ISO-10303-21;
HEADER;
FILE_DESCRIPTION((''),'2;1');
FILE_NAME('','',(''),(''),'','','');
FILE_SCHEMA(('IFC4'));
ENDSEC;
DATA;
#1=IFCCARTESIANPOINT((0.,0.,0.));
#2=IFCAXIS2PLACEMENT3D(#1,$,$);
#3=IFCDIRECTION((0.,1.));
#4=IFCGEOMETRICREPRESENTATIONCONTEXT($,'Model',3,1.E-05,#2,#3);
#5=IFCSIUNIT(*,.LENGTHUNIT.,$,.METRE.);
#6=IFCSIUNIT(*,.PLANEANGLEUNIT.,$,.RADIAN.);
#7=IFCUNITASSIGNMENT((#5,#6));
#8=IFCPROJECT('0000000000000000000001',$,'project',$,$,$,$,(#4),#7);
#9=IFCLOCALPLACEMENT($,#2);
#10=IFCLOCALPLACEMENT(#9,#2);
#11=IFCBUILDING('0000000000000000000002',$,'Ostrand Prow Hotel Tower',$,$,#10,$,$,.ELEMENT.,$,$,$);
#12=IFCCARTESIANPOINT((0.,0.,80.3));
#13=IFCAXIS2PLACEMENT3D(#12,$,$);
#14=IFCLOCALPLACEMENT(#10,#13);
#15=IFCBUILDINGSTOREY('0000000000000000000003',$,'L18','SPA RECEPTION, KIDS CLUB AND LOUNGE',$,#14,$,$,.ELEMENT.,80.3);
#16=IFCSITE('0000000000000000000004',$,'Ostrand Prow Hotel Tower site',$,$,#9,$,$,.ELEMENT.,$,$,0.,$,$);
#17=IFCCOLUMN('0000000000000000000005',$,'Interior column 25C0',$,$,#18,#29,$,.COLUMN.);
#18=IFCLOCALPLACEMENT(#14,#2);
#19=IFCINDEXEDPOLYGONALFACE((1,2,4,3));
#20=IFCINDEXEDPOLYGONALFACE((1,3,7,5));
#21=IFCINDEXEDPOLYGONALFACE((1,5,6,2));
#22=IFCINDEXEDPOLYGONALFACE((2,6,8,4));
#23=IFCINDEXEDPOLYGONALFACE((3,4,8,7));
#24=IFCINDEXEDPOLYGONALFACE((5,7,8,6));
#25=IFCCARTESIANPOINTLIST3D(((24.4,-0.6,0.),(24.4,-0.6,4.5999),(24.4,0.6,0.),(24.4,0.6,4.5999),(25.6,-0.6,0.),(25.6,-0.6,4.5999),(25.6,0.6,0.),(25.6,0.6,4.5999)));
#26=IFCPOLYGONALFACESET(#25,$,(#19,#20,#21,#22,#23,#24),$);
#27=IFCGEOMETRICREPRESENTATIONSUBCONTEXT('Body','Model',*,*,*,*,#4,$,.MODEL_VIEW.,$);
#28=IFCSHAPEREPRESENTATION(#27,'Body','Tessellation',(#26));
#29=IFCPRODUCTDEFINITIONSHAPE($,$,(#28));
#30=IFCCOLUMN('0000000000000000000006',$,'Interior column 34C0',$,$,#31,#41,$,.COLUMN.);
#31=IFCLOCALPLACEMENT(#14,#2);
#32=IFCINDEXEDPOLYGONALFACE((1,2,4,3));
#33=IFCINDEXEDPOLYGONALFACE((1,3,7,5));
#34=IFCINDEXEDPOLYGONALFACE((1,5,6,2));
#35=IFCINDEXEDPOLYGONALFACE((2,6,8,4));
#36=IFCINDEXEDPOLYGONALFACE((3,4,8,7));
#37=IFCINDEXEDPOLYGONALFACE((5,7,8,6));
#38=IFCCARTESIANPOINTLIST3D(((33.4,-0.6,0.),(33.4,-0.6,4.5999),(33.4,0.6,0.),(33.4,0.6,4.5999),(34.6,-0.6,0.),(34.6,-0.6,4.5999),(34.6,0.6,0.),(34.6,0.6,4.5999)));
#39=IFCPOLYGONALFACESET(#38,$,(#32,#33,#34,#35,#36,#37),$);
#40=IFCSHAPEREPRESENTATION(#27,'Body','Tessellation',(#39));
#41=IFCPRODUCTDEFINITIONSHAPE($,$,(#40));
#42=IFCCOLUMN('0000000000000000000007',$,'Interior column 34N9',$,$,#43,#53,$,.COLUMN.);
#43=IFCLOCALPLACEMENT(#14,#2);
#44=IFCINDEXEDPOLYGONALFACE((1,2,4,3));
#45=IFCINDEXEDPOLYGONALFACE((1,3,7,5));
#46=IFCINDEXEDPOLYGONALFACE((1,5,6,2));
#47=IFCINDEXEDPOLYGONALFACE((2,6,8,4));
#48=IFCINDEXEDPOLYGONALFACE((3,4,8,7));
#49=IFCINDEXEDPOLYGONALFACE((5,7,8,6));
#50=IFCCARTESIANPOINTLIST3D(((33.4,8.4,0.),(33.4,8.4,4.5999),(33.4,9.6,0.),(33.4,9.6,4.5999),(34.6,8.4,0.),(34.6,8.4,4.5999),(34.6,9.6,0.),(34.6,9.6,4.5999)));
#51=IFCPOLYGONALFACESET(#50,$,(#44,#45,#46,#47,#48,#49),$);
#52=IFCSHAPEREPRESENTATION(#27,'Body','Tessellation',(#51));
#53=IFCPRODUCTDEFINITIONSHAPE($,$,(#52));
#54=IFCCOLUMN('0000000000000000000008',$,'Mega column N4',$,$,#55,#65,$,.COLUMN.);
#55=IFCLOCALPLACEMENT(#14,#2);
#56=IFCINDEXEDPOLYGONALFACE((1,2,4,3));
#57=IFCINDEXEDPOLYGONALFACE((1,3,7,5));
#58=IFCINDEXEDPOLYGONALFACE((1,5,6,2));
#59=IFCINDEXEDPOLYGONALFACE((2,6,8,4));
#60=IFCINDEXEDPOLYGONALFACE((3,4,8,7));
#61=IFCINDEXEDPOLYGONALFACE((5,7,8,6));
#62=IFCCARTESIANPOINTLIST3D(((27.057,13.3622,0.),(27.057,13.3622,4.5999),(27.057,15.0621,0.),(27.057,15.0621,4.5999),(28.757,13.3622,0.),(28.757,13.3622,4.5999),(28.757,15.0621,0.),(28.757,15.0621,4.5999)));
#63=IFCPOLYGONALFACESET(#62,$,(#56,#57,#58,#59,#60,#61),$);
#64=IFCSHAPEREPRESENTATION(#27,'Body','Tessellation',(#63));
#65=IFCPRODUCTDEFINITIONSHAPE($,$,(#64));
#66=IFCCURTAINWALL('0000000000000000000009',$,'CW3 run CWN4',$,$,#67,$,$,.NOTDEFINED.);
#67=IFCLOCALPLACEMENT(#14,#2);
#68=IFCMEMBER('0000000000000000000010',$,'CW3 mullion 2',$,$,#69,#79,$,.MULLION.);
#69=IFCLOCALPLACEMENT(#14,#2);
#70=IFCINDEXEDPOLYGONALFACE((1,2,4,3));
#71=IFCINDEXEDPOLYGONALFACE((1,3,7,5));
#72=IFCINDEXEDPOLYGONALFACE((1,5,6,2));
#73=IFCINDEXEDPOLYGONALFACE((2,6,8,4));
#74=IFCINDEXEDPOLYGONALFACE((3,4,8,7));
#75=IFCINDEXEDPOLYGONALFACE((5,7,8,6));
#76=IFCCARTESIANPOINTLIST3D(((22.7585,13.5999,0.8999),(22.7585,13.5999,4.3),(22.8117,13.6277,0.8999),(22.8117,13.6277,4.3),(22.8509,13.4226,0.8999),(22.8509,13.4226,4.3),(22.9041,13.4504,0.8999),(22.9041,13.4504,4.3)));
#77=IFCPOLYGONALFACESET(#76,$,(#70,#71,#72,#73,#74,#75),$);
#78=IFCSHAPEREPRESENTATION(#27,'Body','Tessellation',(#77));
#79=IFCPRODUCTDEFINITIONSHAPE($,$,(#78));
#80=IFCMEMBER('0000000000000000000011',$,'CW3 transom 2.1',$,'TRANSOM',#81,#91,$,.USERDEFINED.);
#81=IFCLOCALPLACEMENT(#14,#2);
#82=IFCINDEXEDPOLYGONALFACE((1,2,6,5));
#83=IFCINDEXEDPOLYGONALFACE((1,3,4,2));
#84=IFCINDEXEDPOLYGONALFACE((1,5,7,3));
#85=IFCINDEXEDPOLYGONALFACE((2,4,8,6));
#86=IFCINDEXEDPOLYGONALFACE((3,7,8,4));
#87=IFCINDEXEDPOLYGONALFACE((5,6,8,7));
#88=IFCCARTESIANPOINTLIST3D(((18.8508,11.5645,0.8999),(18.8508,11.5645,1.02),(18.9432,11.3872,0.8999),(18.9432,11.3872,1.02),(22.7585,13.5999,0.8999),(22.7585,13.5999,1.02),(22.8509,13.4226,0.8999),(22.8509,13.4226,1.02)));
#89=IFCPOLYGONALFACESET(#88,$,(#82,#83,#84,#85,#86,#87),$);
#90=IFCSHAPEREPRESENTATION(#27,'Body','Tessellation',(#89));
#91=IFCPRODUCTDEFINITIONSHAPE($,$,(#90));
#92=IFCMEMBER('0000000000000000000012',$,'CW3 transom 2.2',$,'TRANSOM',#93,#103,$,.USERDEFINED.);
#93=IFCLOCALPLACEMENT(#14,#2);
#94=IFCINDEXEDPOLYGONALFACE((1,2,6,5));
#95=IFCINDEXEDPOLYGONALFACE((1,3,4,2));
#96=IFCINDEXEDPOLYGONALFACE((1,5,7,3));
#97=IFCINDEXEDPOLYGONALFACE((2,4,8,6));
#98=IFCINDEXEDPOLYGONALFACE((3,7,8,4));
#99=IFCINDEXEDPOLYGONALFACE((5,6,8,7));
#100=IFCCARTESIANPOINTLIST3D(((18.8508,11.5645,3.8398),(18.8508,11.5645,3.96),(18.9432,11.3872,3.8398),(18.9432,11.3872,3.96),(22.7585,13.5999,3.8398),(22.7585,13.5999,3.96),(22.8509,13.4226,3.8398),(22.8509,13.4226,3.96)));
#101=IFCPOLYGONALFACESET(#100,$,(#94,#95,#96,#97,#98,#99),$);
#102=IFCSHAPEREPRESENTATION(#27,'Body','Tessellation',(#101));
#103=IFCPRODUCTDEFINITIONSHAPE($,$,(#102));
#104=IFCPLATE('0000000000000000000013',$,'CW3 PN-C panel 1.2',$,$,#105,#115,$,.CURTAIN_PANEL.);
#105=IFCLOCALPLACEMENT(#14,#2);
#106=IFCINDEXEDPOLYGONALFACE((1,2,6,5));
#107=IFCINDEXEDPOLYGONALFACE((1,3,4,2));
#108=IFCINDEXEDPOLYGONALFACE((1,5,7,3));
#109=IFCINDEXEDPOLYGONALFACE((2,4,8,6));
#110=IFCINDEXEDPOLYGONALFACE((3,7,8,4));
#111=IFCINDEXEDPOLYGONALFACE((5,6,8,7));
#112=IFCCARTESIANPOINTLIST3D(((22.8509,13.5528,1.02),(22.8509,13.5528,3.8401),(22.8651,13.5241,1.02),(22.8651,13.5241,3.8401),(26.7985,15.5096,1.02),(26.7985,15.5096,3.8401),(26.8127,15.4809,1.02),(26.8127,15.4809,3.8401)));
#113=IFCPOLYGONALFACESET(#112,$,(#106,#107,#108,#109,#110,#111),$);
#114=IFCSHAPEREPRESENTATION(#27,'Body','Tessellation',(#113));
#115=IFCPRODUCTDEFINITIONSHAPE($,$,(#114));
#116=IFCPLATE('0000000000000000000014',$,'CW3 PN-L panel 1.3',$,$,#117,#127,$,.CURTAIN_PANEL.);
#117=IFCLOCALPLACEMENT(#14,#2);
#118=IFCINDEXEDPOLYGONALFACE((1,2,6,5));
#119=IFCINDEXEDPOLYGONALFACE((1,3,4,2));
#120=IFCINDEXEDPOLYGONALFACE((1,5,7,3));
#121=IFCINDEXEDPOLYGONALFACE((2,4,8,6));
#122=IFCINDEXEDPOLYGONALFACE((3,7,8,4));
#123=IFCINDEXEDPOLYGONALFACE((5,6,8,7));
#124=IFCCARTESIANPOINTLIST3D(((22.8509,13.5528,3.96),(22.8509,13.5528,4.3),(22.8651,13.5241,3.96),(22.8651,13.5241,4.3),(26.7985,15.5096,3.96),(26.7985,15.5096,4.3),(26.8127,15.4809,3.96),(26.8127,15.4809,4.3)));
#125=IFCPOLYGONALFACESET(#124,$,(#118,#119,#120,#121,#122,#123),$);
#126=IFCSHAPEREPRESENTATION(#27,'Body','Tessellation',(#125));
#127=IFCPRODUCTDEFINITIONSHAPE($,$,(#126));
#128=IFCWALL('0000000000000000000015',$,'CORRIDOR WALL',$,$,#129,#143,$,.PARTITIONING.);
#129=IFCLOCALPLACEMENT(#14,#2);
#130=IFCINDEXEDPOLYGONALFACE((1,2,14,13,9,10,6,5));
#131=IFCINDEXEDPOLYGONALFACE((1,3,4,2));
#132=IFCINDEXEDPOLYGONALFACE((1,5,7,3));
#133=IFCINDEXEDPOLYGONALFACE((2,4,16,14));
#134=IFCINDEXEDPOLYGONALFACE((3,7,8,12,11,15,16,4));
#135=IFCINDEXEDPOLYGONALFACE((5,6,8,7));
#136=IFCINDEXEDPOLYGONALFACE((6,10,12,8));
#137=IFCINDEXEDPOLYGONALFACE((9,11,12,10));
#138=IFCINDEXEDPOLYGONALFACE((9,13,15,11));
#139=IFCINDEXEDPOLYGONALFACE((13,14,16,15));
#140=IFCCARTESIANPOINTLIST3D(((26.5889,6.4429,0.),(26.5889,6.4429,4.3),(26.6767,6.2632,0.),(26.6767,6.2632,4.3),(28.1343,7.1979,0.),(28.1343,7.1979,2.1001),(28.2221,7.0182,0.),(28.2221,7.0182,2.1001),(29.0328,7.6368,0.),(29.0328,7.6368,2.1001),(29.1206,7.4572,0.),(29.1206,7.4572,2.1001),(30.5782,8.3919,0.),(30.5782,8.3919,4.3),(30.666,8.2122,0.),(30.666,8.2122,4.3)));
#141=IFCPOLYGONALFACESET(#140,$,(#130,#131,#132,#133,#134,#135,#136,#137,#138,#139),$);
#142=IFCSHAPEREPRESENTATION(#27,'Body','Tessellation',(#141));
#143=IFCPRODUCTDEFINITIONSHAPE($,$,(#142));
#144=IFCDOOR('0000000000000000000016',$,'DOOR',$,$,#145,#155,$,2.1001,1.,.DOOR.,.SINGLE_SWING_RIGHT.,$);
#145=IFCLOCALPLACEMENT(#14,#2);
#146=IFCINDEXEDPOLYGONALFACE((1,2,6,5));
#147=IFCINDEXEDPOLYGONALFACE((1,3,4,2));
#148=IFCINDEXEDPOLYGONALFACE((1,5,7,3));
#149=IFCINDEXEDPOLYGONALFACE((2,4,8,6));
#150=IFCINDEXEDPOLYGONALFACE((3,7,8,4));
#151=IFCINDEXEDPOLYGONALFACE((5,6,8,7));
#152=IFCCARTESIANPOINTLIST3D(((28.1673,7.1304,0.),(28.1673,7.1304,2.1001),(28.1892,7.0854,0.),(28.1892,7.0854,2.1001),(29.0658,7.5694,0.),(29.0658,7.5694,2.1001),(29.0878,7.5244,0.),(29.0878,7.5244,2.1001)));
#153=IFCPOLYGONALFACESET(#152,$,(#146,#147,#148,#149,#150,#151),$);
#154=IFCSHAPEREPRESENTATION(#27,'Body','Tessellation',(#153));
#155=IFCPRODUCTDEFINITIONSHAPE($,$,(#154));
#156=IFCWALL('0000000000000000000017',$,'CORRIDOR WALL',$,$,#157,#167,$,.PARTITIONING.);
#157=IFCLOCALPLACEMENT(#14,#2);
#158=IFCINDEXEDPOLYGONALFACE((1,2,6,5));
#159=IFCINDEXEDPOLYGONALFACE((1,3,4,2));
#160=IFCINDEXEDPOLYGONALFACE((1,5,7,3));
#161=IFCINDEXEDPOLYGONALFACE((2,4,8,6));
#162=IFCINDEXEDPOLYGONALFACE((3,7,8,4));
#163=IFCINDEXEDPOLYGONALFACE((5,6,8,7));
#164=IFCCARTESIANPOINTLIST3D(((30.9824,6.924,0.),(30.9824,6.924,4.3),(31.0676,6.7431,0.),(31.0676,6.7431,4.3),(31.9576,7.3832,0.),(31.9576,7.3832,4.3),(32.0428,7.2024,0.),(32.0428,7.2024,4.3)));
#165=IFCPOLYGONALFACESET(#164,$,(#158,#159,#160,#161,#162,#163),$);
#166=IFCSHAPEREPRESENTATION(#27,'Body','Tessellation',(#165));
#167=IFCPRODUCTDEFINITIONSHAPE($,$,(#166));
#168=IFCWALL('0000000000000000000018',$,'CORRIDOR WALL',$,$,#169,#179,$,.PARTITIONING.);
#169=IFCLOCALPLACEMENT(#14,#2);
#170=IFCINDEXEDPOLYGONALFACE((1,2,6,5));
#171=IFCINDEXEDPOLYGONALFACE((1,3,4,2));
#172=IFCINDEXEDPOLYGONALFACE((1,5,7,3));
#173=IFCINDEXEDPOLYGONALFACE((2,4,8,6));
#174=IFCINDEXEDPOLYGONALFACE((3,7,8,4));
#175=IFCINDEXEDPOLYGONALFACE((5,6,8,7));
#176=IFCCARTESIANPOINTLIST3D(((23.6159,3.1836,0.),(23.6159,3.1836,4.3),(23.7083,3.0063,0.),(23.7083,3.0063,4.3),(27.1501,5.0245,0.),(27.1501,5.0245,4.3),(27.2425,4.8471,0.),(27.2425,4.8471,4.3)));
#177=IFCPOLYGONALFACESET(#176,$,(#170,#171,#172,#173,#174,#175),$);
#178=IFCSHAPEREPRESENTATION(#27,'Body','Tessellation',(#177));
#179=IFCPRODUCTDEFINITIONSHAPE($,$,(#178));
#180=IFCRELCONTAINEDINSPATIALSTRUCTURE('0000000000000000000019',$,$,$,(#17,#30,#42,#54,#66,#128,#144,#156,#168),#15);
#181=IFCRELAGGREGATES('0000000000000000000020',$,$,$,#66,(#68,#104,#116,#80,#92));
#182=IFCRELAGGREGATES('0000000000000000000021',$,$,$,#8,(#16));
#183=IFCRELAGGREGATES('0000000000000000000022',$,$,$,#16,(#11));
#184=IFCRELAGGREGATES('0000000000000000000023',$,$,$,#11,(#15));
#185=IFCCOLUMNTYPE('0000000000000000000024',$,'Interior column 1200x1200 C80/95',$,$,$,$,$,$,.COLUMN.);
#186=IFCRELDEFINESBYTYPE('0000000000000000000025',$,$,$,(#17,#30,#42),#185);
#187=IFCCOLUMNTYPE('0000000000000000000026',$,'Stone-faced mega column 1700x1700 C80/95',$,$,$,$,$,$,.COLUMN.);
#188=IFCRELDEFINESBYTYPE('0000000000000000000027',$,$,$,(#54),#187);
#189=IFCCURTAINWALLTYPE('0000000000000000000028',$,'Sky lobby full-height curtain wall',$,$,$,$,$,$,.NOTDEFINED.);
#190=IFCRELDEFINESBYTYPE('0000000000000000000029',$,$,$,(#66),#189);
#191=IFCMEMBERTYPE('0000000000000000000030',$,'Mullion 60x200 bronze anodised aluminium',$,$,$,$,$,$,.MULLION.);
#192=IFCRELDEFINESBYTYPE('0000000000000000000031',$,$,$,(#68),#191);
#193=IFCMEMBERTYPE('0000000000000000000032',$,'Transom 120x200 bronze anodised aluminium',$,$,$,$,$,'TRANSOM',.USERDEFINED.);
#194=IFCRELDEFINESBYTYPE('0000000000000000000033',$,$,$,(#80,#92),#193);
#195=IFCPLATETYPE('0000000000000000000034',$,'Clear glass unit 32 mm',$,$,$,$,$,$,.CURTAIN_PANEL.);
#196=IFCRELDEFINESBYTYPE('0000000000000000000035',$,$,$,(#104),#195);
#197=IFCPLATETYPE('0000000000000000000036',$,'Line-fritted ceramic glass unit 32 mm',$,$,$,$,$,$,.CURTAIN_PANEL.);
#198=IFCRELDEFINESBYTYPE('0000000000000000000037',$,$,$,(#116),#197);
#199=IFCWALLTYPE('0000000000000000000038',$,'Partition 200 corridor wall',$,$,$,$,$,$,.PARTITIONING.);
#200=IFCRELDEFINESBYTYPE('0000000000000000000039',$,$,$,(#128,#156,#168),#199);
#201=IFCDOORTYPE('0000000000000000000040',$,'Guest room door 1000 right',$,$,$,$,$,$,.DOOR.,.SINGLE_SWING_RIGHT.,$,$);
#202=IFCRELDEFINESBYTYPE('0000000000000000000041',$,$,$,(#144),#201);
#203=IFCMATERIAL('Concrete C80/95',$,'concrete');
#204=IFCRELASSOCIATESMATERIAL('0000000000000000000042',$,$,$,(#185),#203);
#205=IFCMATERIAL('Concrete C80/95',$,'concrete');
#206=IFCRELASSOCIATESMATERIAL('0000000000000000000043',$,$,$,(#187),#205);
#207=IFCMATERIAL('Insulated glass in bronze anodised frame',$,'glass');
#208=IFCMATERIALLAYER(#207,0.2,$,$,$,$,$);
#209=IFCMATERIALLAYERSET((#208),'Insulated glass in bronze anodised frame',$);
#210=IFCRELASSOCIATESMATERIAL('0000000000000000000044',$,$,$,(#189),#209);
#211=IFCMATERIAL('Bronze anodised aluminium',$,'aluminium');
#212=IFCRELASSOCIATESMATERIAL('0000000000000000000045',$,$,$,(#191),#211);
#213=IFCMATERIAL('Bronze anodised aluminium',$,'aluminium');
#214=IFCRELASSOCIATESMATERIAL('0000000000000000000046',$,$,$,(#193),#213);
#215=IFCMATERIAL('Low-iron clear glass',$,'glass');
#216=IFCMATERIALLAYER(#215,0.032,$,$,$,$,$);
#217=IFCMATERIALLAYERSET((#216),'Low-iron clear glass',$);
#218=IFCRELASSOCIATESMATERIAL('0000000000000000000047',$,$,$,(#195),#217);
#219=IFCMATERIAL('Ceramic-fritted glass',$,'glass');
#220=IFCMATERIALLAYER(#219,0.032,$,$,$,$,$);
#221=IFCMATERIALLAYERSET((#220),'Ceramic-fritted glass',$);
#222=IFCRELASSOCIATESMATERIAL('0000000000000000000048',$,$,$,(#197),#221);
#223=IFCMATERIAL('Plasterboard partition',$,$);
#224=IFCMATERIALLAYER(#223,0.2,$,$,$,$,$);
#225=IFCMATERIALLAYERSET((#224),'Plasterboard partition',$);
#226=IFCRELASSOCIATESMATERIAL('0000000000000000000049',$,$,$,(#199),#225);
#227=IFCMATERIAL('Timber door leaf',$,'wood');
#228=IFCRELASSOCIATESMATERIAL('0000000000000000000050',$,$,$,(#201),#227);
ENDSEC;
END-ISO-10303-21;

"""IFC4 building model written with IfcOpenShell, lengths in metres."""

from ifc_helpers import new_model, si_unit, direction, frame, frame_2d, origin, origin_2d, place, context, subcontext, project, spatial, rectangle, extrude, material, layer, layer_set, material_profile, profile_set, type_object, element, fill, aggregate, save


model = new_model("IFC4")

# Units and contexts
model_context = context("Model", 3, precision=1e-05, world=origin(), true_north=direction((0.0, 1.0)))
body_context = subcontext(model_context, "Body", "Model", "MODEL_VIEW")
ifc_project = project(units=[si_unit("LENGTHUNIT", "METRE"), si_unit("PLANEANGLEUNIT", "RADIAN")], contexts=[model_context])

# Site, building, storey
site_placement = place(None, origin())
site = spatial("IfcSite", under=ifc_project, at=site_placement, Name="Ostrand Prow Hotel Tower site", CompositionType="ELEMENT", RefElevation=0.0)
building_placement = place(site_placement, origin())
building = spatial("IfcBuilding", under=site, at=building_placement, Name="Ostrand Prow Hotel Tower", CompositionType="ELEMENT")
storey_placement = place(building_placement, frame((0.0, 0.0, 80.3)))
storey = spatial("IfcBuildingStorey", under=building, at=storey_placement, Name="L18", Description="SPA RECEPTION, KIDS CLUB AND LOUNGE", CompositionType="ELEMENT", Elevation=80.3)

# Columns
ifc_material_1 = material(Name="Concrete C80/95", Category="concrete")
ifc_material_profile_1 = material_profile(ifc_material_1, rectangle(XDim=1.2, YDim=1.2, at=origin_2d()), Name="RC 1200x1200")
ifc_profile_set_1 = profile_set([ifc_material_profile_1], Name="Concrete C80/95")
column_type_1 = type_object("IfcColumnType", Name="Interior column 1200x1200 C80/95", PredefinedType="COLUMN", material=ifc_profile_set_1)
for number, where, z_axis, x_axis, name in (
    (1, (25.0, 0.0, 0.0), (0.0, 0.0, 1.0), (1.0, 0.0, 0.0), "Interior column 25C0"),
    (2, (34.0, 0.0, 0.0), (0.0, 0.0, 1.0), (1.0, 0.0, 0.0), "Interior column 34C0"),
    (3, (34.0, 9.0, 0.0), (0.0, 0.0, 1.0), (1.0, 0.0, 0.0), "Interior column 34N9"),
):
    element("IfcColumn", number, at=place(storey_placement, frame(where, z_axis=z_axis, x_axis=x_axis)), inside=storey, type_object=column_type_1, Name=name, PredefinedType="COLUMN", context=body_context, shape_type="SweptSolid", body=[
        extrude(rectangle(XDim=1.2, YDim=1.2, at=origin_2d()), origin(), (0.0, 0.0, 1.0), 4.5999),
    ])
ifc_material_2 = material(Name="Concrete C80/95", Category="concrete")
ifc_material_profile_2 = material_profile(ifc_material_2, rectangle(XDim=1.7, YDim=1.7, at=origin_2d()), Name="RC 1700x1700")
ifc_profile_set_2 = profile_set([ifc_material_profile_2], Name="Concrete C80/95")
column_type_2 = type_object("IfcColumnType", Name="Stone-faced mega column 1700x1700 C80/95", PredefinedType="COLUMN", material=ifc_profile_set_2)
column_placement = place(storey_placement, frame((27.907, 14.2122, 0.0), z_axis=(0.0, 0.0, 1.0), x_axis=(1.0, 0.0, 0.0)))
element("IfcColumn", 4, at=column_placement, inside=storey, type_object=column_type_2, Name="Mega column N4", PredefinedType="COLUMN", context=body_context, shape_type="SweptSolid", body=[
    extrude(rectangle(XDim=1.7, YDim=1.7, at=origin_2d()), origin(), (0.0, 0.0, 1.0), 4.5999),
])

# Curtain wall, members, plates
ifc_material_3 = material(Name="Insulated glass in bronze anodised frame", Category="glass")
ifc_layer_1 = layer(ifc_material_3, 0.2)
ifc_layer_set_1 = layer_set([ifc_layer_1], Name="Insulated glass in bronze anodised frame")
curtain_wall_type = type_object("IfcCurtainWallType", Name="Sky lobby full-height curtain wall", PredefinedType="NOTDEFINED", material=ifc_layer_set_1)
curtain_wall_placement = place(storey_placement, origin())
curtain_wall = element("IfcCurtainWall", 5, at=curtain_wall_placement, inside=storey, type_object=curtain_wall_type, Name="CW3 run CWN4", PredefinedType="NOTDEFINED")
ifc_material_4 = material(Name="Bronze anodised aluminium", Category="aluminium")
ifc_material_profile_3 = material_profile(ifc_material_4, rectangle(XDim=0.2, YDim=0.0601, at=origin_2d()), Name="Mullion 60x200 bronze anodised aluminium")
ifc_profile_set_3 = profile_set([ifc_material_profile_3], Name="Bronze anodised aluminium")
member_type_1 = type_object("IfcMemberType", Name="Mullion 60x200 bronze anodised aluminium", PredefinedType="MULLION", material=ifc_profile_set_3)
member_1_placement = place(storey_placement, frame((22.8313, 13.5251, 0.8999), z_axis=(0.0, 0.0, 1.0), x_axis=(0.461968, -0.886896, 0.0)))
member_1 = element("IfcMember", 6, at=member_1_placement, type_object=member_type_1, Name="CW3 mullion 2", PredefinedType="MULLION", context=body_context, shape_type="SweptSolid", body=[
    extrude(rectangle(XDim=0.2, YDim=0.0601, at=origin_2d()), origin(), (0.0, 0.0, 1.0), 3.4001),
])
ifc_material_5 = material(Name="Bronze anodised aluminium", Category="aluminium")
ifc_material_profile_4 = material_profile(ifc_material_5, rectangle(XDim=0.2, YDim=0.1201, at=origin_2d()), Name="Transom 120x200 bronze anodised aluminium")
ifc_profile_set_4 = profile_set([ifc_material_profile_4], Name="Bronze anodised aluminium")
member_type_2 = type_object("IfcMemberType", Name="Transom 120x200 bronze anodised aluminium", ElementType="TRANSOM", PredefinedType="USERDEFINED", material=ifc_profile_set_4)
member_2_placement = place(storey_placement, frame((22.8047, 13.5112, 0.96), z_axis=(-0.886902, -0.461958, 0.0), x_axis=(0.461958, -0.886902, 0.0)))
member_2 = element("IfcMember", 7, at=member_2_placement, type_object=member_type_2, Name="CW3 transom 2.1", ObjectType="TRANSOM", PredefinedType="USERDEFINED", context=body_context, shape_type="SweptSolid", body=[
    extrude(rectangle(XDim=0.2, YDim=0.1201, at=origin_2d()), origin(), (0.0, 0.0, 1.0), 4.406),
])
member_3_placement = place(storey_placement, frame((22.8047, 13.5112, 3.8999), z_axis=(-0.886902, -0.461958, 0.0), x_axis=(0.461958, -0.886902, 0.0)))
member_3 = element("IfcMember", 8, at=member_3_placement, type_object=member_type_2, Name="CW3 transom 2.2", ObjectType="TRANSOM", PredefinedType="USERDEFINED", context=body_context, shape_type="SweptSolid", body=[
    extrude(rectangle(XDim=0.2, YDim=0.1201, at=origin_2d()), origin(), (0.0, 0.0, 1.0), 4.406),
])
ifc_material_6 = material(Name="Low-iron clear glass", Category="glass")
ifc_layer_2 = layer(ifc_material_6, 0.032)
ifc_layer_set_2 = layer_set([ifc_layer_2], Name="Low-iron clear glass")
plate_type_1 = type_object("IfcPlateType", Name="Clear glass unit 32 mm", PredefinedType="CURTAIN_PANEL", material=ifc_layer_set_2)
plate_1_placement = place(storey_placement, frame((24.8318, 14.5168, 1.02), z_axis=(0.0, 0.0, 1.0), x_axis=(-0.895971, -0.444113, 0.0)))
plate_1 = element("IfcPlate", 9, at=plate_1_placement, type_object=plate_type_1, Name="CW3 PN-C panel 1.2", PredefinedType="CURTAIN_PANEL", context=body_context, shape_type="SweptSolid", body=[
    extrude(rectangle(XDim=4.406, YDim=0.032, at=origin_2d()), origin(), (0.0, 0.0, 1.0), 2.8201),
])
ifc_material_7 = material(Name="Ceramic-fritted glass", Category="glass")
ifc_layer_3 = layer(ifc_material_7, 0.032)
ifc_layer_set_3 = layer_set([ifc_layer_3], Name="Ceramic-fritted glass")
plate_type_2 = type_object("IfcPlateType", Name="Line-fritted ceramic glass unit 32 mm", PredefinedType="CURTAIN_PANEL", material=ifc_layer_set_3)
plate_2_placement = place(storey_placement, frame((24.8318, 14.5168, 3.96), z_axis=(0.0, 0.0, 1.0), x_axis=(-0.895971, -0.444113, 0.0)))
plate_2 = element("IfcPlate", 10, at=plate_2_placement, type_object=plate_type_2, Name="CW3 PN-L panel 1.3", PredefinedType="CURTAIN_PANEL", context=body_context, shape_type="SweptSolid", body=[
    extrude(rectangle(XDim=4.406, YDim=0.032, at=origin_2d()), origin(), (0.0, 0.0, 1.0), 0.3401),
])
aggregate(curtain_wall, [member_1, plate_1, plate_2, member_2, member_3])

# Wall, opening, door
ifc_material_8 = material(Name="Plasterboard partition")
ifc_layer_4 = layer(ifc_material_8, 0.2)
ifc_layer_set_4 = layer_set([ifc_layer_4], Name="Plasterboard partition")
wall_type_1 = type_object("IfcWallType", Name="Partition 200 corridor wall", PredefinedType="PARTITIONING", material=ifc_layer_set_4)
wall_1_placement = place(storey_placement, frame((26.6328, 6.353, 0.0), z_axis=(0.0, 0.0, 1.0), x_axis=(0.898502, 0.438968, 0.0)))
wall_1 = element("IfcWall", 11, at=wall_1_placement, inside=storey, type_object=wall_type_1, Name="CORRIDOR WALL", PredefinedType="PARTITIONING", context=body_context, shape_type="SweptSolid", body=[
    extrude(rectangle(XDim=4.4399, YDim=0.2, at=frame_2d((2.22, 0.0))), origin(), (0.0, 0.0, 1.0), 4.3),
])
opening_1_placement = place(wall_1_placement, frame((1.72, 0.0, 0.0)))
opening_1 = element("IfcOpeningElement", 12, at=opening_1_placement, cuts=wall_1, PredefinedType="OPENING", context=body_context, shape_type="SweptSolid", body=[
    extrude(rectangle(XDim=1.0, YDim=2.1001, at=frame_2d((0.5, 1.05))), frame((0.0, 0.1099, 0.0), z_axis=(0.0, -1.0, 0.0), x_axis=(1.0, 0.0, 0.0)), (0.0, 0.0, 1.0), 0.22),
])
ifc_material_9 = material(Name="Timber door leaf", Category="wood")
door_type_1 = type_object("IfcDoorType", Name="Guest room door 1000 right", OperationType="SINGLE_SWING_RIGHT", PredefinedType="DOOR", material=ifc_material_9)
door_1_placement = place(opening_1_placement, origin())
door_1 = element("IfcDoor", 13, at=door_1_placement, inside=storey, type_object=door_type_1, Name="DOOR", OperationType="SINGLE_SWING_RIGHT", OverallHeight=2.1001, OverallWidth=1.0, PredefinedType="DOOR", context=body_context, shape_type="SweptSolid", body=[
    extrude(rectangle(XDim=1.0, YDim=2.1001, at=frame_2d((0.5, 1.05))), frame((0.0, 0.0249, 0.0), z_axis=(0.0, -1.0, 0.0), x_axis=(1.0, 0.0, 0.0)), (0.0, 0.0, 1.0), 0.05),
])
fill(opening_1, door_1)

# Walls
wall_2_placement = place(storey_placement, frame((31.0249, 6.8335, 0.0), z_axis=(0.0, 0.0, 1.0), x_axis=(0.90469, 0.42607, 0.0)))
element("IfcWall", 14, at=wall_2_placement, inside=storey, type_object=wall_type_1, Name="CORRIDOR WALL", PredefinedType="PARTITIONING", context=body_context, shape_type="SweptSolid", body=[
    extrude(rectangle(XDim=1.0779, YDim=0.2, at=frame_2d((0.5391, 0.0))), origin(), (0.0, 0.0, 1.0), 4.3),
])
wall_3_placement = place(storey_placement, frame((23.6621, 3.095, 0.0), z_axis=(0.0, 0.0, 1.0), x_axis=(0.886904, 0.461954, 0.0)))
element("IfcWall", 15, at=wall_3_placement, inside=storey, type_object=wall_type_1, Name="CORRIDOR WALL", PredefinedType="PARTITIONING", context=body_context, shape_type="SweptSolid", body=[
    extrude(rectangle(XDim=3.9849, YDim=0.2, at=frame_2d((1.9924, 0.0))), origin(), (0.0, 0.0, 1.0), 4.3),
])

save(model, "model.ifc")
